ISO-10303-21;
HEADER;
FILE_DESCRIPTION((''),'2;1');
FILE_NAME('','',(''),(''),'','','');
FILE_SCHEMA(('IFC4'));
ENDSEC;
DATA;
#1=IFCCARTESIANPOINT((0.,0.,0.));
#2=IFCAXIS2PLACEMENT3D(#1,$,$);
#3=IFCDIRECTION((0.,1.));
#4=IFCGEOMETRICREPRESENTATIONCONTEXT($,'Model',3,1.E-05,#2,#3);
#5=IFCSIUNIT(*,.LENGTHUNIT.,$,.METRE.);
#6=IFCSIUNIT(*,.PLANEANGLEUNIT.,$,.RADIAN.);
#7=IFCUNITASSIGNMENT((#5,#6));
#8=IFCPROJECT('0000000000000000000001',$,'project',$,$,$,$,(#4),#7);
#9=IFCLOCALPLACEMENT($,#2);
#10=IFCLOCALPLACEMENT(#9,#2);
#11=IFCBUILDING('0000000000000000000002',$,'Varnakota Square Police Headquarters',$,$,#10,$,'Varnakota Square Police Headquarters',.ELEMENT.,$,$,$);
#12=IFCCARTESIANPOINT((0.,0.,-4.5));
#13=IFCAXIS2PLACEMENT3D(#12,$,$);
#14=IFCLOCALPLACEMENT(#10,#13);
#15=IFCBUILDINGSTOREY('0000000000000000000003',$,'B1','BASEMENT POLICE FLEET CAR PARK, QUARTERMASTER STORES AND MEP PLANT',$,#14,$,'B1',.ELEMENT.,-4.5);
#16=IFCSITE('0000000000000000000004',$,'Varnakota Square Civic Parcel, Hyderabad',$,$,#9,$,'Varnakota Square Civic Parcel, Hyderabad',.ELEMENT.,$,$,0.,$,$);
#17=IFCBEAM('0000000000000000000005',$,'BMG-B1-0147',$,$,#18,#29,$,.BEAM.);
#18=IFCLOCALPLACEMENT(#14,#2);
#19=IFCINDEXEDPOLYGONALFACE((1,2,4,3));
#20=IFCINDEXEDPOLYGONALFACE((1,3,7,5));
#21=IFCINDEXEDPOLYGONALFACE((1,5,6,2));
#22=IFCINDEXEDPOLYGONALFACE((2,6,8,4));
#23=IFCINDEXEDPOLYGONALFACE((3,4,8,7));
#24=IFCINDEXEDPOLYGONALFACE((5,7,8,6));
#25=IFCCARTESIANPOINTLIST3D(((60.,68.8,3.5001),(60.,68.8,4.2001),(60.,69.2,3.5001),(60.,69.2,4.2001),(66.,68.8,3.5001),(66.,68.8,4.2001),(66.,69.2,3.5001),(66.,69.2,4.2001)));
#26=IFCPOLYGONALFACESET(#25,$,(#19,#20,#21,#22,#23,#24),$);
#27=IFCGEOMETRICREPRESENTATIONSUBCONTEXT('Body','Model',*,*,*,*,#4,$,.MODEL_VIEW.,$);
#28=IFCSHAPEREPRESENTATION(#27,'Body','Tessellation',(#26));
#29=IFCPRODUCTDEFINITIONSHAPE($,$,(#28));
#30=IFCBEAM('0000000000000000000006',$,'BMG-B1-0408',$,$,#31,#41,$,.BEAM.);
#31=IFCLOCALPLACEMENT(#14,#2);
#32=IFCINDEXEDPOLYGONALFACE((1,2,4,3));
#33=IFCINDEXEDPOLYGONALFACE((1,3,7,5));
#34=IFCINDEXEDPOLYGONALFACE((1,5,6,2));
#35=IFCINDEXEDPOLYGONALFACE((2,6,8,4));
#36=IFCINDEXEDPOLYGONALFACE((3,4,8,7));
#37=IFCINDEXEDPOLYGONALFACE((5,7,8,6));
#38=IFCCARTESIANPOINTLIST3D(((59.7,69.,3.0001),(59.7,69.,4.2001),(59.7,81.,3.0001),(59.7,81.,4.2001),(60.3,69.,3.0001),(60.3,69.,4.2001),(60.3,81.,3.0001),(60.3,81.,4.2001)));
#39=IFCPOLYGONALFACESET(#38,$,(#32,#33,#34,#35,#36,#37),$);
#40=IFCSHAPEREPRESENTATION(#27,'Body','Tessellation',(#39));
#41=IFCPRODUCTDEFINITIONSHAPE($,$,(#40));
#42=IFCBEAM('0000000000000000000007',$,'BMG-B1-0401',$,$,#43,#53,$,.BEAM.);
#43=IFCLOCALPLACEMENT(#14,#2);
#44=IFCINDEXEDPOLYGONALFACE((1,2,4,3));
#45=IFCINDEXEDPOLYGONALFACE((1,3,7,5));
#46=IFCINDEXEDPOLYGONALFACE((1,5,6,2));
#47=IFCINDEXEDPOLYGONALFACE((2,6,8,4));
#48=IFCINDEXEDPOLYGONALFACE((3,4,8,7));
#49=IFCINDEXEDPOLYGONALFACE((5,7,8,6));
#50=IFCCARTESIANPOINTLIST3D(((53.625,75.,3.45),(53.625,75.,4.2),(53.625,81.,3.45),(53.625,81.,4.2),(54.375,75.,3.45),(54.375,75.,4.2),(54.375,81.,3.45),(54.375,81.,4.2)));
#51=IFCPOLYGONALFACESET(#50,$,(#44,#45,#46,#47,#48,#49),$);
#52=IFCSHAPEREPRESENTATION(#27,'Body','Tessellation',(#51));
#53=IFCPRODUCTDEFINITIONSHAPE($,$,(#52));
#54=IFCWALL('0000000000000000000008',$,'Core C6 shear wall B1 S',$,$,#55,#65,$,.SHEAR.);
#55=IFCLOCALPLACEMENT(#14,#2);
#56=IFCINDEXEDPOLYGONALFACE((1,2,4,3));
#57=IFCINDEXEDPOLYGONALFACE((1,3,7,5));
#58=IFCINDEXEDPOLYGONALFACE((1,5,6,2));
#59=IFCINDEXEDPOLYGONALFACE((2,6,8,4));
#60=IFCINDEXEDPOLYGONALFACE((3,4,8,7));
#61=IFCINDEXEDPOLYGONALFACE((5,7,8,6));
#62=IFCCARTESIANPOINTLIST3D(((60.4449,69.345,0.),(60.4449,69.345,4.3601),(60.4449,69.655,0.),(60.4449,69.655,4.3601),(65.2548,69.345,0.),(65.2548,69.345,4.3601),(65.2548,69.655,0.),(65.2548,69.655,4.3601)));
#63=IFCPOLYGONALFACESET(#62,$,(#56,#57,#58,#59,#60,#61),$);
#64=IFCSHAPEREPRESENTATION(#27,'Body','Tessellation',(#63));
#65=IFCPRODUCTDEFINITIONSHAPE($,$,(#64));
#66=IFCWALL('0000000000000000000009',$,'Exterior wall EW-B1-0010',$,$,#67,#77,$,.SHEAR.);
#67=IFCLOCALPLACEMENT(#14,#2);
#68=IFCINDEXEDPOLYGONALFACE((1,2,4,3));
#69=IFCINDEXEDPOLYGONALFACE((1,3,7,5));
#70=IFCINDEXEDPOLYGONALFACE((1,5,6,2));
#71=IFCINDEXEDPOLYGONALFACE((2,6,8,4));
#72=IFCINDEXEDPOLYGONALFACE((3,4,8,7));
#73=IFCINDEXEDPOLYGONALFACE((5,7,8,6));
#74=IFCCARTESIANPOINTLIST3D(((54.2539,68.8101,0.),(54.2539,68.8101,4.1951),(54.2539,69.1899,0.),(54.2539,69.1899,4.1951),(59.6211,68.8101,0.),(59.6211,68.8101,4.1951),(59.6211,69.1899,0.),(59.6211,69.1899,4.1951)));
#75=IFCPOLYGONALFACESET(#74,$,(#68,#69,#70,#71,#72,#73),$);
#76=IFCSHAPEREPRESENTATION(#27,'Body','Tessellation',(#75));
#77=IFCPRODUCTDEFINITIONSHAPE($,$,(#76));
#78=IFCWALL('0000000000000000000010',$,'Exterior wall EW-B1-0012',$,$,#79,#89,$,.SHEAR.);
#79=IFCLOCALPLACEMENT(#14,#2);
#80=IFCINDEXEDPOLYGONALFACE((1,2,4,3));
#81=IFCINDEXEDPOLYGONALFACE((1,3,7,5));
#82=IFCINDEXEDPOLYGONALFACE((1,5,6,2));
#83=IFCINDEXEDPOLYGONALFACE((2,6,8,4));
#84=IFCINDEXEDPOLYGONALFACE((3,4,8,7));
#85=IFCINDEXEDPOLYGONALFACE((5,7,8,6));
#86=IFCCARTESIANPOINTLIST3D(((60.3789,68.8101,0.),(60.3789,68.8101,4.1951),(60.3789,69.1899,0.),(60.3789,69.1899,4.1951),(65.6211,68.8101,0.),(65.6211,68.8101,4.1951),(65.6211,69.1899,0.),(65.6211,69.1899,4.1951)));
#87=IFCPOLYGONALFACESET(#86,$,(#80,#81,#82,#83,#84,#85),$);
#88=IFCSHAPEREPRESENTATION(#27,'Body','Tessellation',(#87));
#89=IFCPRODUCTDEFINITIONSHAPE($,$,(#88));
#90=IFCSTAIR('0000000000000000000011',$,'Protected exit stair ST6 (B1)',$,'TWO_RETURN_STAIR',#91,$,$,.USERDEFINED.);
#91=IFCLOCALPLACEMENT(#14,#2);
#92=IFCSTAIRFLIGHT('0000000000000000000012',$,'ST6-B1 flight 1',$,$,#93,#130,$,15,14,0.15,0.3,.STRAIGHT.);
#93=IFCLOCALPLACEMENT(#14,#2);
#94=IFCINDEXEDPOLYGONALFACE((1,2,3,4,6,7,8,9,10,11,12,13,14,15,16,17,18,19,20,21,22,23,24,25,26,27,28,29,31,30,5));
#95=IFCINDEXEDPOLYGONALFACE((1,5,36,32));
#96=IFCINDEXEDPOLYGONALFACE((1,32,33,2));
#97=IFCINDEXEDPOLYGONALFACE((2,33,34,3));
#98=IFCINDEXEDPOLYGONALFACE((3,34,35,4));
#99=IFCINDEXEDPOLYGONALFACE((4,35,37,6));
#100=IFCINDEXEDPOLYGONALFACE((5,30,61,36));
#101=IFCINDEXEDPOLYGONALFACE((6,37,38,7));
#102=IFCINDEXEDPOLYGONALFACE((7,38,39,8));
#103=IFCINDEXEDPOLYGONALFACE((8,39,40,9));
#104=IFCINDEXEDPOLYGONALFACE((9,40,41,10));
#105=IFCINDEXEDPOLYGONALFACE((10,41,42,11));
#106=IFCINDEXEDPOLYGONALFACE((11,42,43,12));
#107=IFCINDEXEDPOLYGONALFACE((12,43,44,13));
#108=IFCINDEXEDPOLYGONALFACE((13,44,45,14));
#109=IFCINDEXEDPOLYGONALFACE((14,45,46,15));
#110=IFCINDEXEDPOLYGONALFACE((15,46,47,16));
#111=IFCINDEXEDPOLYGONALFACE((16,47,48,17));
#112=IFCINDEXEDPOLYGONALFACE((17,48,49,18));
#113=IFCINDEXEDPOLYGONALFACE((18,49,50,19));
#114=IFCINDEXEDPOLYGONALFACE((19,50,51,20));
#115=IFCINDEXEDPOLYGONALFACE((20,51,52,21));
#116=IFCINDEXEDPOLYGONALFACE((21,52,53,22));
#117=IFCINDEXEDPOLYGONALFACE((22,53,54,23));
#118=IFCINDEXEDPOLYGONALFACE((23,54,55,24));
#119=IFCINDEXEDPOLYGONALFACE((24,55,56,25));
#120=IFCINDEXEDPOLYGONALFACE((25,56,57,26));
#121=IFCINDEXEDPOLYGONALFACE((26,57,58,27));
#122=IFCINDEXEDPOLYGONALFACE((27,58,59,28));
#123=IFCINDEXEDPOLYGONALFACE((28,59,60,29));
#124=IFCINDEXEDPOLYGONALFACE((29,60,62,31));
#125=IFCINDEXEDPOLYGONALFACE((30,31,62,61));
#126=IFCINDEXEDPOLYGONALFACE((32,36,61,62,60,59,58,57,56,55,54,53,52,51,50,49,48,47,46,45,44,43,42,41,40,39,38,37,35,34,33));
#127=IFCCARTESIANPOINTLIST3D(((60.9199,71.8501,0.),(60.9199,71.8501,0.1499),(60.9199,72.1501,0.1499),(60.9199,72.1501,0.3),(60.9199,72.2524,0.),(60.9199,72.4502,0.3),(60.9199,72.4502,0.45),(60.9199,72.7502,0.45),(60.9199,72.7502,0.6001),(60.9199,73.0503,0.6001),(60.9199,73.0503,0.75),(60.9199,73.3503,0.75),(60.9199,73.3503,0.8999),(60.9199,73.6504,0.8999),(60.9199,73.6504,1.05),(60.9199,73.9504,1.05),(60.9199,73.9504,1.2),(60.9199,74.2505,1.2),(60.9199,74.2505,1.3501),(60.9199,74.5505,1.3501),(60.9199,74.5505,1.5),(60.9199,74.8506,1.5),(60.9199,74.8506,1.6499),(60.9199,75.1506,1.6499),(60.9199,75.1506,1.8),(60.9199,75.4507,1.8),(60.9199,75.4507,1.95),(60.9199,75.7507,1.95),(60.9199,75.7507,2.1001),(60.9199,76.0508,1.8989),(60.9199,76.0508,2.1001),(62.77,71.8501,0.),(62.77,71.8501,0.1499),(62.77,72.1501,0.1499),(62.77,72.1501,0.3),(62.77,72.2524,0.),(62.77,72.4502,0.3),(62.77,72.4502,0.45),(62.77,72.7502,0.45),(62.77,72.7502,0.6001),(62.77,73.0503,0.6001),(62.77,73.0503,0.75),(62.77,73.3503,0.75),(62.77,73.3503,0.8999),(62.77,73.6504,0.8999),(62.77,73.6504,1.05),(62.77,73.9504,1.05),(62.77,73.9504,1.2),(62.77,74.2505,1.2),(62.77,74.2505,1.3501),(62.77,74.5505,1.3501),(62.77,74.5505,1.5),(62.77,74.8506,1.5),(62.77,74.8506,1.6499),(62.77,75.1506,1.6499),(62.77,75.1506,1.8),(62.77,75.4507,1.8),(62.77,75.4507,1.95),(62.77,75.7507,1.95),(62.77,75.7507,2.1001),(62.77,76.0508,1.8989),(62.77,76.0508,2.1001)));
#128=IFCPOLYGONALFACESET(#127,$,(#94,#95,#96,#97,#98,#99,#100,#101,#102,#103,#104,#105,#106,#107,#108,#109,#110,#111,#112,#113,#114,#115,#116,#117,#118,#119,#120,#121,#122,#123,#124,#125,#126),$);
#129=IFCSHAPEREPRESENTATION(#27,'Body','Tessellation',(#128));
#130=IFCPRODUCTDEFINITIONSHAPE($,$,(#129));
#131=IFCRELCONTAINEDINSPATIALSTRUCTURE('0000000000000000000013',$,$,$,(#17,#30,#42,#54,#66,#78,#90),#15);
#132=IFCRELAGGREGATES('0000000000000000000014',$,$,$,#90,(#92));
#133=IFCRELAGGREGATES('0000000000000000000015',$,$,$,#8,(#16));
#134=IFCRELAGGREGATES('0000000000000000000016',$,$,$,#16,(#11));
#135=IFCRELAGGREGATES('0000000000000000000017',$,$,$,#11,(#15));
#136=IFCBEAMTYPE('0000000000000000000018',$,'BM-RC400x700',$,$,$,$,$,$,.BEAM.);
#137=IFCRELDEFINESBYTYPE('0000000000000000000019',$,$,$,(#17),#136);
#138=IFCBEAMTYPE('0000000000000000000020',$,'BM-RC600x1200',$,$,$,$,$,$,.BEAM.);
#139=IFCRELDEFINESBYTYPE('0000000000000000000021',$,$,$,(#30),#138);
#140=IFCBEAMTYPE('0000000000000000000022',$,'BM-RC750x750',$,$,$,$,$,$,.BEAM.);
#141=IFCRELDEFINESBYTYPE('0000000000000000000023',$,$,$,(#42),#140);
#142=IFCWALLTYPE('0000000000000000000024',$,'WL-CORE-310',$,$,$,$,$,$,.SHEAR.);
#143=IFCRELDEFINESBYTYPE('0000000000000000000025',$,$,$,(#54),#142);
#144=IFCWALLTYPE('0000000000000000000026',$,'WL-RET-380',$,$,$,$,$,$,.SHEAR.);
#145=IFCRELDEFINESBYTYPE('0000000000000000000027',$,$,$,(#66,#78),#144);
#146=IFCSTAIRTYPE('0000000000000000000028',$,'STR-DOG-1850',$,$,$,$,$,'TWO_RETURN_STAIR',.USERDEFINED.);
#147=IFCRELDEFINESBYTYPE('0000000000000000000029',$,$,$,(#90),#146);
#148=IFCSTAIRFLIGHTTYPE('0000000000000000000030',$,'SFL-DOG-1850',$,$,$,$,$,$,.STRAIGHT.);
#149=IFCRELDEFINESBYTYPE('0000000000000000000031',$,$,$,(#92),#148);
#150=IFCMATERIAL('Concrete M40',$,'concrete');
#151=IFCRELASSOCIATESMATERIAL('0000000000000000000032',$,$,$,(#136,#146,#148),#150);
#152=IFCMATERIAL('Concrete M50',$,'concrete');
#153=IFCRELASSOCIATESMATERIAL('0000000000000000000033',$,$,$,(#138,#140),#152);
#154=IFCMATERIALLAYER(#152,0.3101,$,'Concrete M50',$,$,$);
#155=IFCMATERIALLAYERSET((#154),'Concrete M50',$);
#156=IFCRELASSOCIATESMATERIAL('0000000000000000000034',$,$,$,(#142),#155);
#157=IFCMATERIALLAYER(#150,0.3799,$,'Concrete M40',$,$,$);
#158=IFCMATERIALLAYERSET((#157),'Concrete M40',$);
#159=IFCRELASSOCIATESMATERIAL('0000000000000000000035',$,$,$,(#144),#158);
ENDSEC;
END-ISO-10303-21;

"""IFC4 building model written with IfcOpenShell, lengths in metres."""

from ifc_helpers import new_model, si_unit, direction, frame, frame_2d, origin, origin_2d, place, context, subcontext, project, spatial, polyline, rectangle, outline, extrude, material, layer, layer_set, material_profile, profile_set, type_object, element, aggregate, save


model = new_model("IFC4")

# Units and contexts
model_context = context("Model", 3, precision=1e-05, world=origin(), true_north=direction((0.0, 1.0)))
body_context = subcontext(model_context, "Body", "Model", "MODEL_VIEW")
ifc_project = project(units=[si_unit("LENGTHUNIT", "METRE"), si_unit("PLANEANGLEUNIT", "RADIAN")], contexts=[model_context])

# Site, building, storey
site_placement = place(None, origin())
site = spatial("IfcSite", under=ifc_project, at=site_placement, Name="Varnakota Square Civic Parcel, Hyderabad", LongName="Varnakota Square Civic Parcel, Hyderabad", CompositionType="ELEMENT", RefElevation=0.0)
building_placement = place(site_placement, origin())
building = spatial("IfcBuilding", under=site, at=building_placement, Name="Varnakota Square Police Headquarters", LongName="Varnakota Square Police Headquarters", CompositionType="ELEMENT")
storey_placement = place(building_placement, frame((0.0, 0.0, -4.5)))
storey = spatial("IfcBuildingStorey", under=building, at=storey_placement, Name="B1", Description="BASEMENT POLICE FLEET CAR PARK, QUARTERMASTER STORES AND MEP PLANT", LongName="B1", CompositionType="ELEMENT", Elevation=-4.5)

# Shared definitions
ifc_material_1 = material(Name="Concrete M40", Category="concrete")
ifc_material_2 = material(Name="Concrete M50", Category="concrete")

# Beams
ifc_material_profile_1 = material_profile(ifc_material_1, rectangle(XDim=0.3999, YDim=0.7, at=origin_2d()), Name="RC 400x700")
ifc_profile_set_1 = profile_set([ifc_material_profile_1], Name="Concrete M40")
beam_type_1 = type_object("IfcBeamType", Name="BM-RC400x700", PredefinedType="BEAM", material=ifc_profile_set_1)
beam_1_placement = place(storey_placement, frame((60.0, 69.0, 3.8501), z_axis=(1.0, 0.0, 0.0), x_axis=(0.0, 1.0, 0.0)))
element("IfcBeam", 1, at=beam_1_placement, inside=storey, type_object=beam_type_1, Name="BMG-B1-0147", PredefinedType="BEAM", context=body_context, shape_type="SweptSolid", body=[
    extrude(rectangle(XDim=0.3999, YDim=0.7, at=origin_2d()), origin(), (0.0, 0.0, 1.0), 6.0),
])
ifc_material_profile_2 = material_profile(ifc_material_2, rectangle(XDim=0.6001, YDim=1.2, at=origin_2d()), Name="RC 600x1200")
ifc_profile_set_2 = profile_set([ifc_material_profile_2], Name="Concrete M50")
beam_type_2 = type_object("IfcBeamType", Name="BM-RC600x1200", PredefinedType="BEAM", material=ifc_profile_set_2)
beam_2_placement = place(storey_placement, frame((60.0, 69.0, 3.6001), z_axis=(0.0, 1.0, 0.0), x_axis=(-1.0, 0.0, 0.0)))
element("IfcBeam", 2, at=beam_2_placement, inside=storey, type_object=beam_type_2, Name="BMG-B1-0408", PredefinedType="BEAM", context=body_context, shape_type="SweptSolid", body=[
    extrude(rectangle(XDim=0.6001, YDim=1.2, at=origin_2d()), origin(), (0.0, 0.0, 1.0), 12.0),
])
ifc_material_profile_3 = material_profile(ifc_material_2, rectangle(XDim=0.75, YDim=0.75, at=origin_2d()), Name="RC 750x750")
ifc_profile_set_3 = profile_set([ifc_material_profile_3], Name="Concrete M50")
beam_type_3 = type_object("IfcBeamType", Name="BM-RC750x750", PredefinedType="BEAM", material=ifc_profile_set_3)
beam_3_placement = place(storey_placement, frame((54.0, 75.0, 3.825), z_axis=(0.0, 1.0, 0.0), x_axis=(-1.0, 0.0, 0.0)))
element("IfcBeam", 3, at=beam_3_placement, inside=storey, type_object=beam_type_3, Name="BMG-B1-0401", PredefinedType="BEAM", context=body_context, shape_type="SweptSolid", body=[
    extrude(rectangle(XDim=0.75, YDim=0.75, at=origin_2d()), origin(), (0.0, 0.0, 1.0), 6.0),
])

# Walls
ifc_layer_1 = layer(ifc_material_2, 0.3101, Name="Concrete M50")
ifc_layer_set_1 = layer_set([ifc_layer_1], Name="Concrete M50")
wall_type_1 = type_object("IfcWallType", Name="WL-CORE-310", PredefinedType="SHEAR", material=ifc_layer_set_1)
wall_1_placement = place(storey_placement, frame((60.4451, 69.5, 0.0), z_axis=(0.0, 0.0, 1.0), x_axis=(1.0, 0.0, 0.0)))
element("IfcWall", 4, at=wall_1_placement, inside=storey, type_object=wall_type_1, Name="Core C6 shear wall B1 S", PredefinedType="SHEAR", context=body_context, shape_type="SweptSolid", body=[
    extrude(rectangle(XDim=4.8098, YDim=0.3101, at=frame_2d((2.4048, 0.0))), origin(), (0.0, 0.0, 1.0), 4.3601),
])
ifc_layer_2 = layer(ifc_material_1, 0.3799, Name="Concrete M40")
ifc_layer_set_2 = layer_set([ifc_layer_2], Name="Concrete M40")
wall_type_2 = type_object("IfcWallType", Name="WL-RET-380", PredefinedType="SHEAR", material=ifc_layer_set_2)
wall_2_placement = place(storey_placement, frame((54.2539, 69.0, 0.0), z_axis=(0.0, 0.0, 1.0), x_axis=(1.0, 0.0, 0.0)))
element("IfcWall", 5, at=wall_2_placement, inside=storey, type_object=wall_type_2, Name="Exterior wall EW-B1-0010", PredefinedType="SHEAR", context=body_context, shape_type="SweptSolid", body=[
    extrude(rectangle(XDim=5.3672, YDim=0.3799, at=frame_2d((2.6836, 0.0))), origin(), (0.0, 0.0, 1.0), 4.1951),
])
wall_3_placement = place(storey_placement, frame((60.3789, 69.0, 0.0), z_axis=(0.0, 0.0, 1.0), x_axis=(1.0, 0.0, 0.0)))
element("IfcWall", 6, at=wall_3_placement, inside=storey, type_object=wall_type_2, Name="Exterior wall EW-B1-0012", PredefinedType="SHEAR", context=body_context, shape_type="SweptSolid", body=[
    extrude(rectangle(XDim=5.2422, YDim=0.3799, at=frame_2d((2.6211, 0.0))), origin(), (0.0, 0.0, 1.0), 4.1951),
])

# Stair, stair flight
stair_type = type_object("IfcStairType", Name="STR-DOG-1850", ElementType="TWO_RETURN_STAIR", PredefinedType="USERDEFINED", material=ifc_material_1)
stair_placement = place(storey_placement, origin())
stair = element("IfcStair", 7, at=stair_placement, inside=storey, type_object=stair_type, Name="Protected exit stair ST6 (B1)", ObjectType="TWO_RETURN_STAIR", PredefinedType="USERDEFINED")
stair_flight_type = type_object("IfcStairFlightType", Name="SFL-DOG-1850", PredefinedType="STRAIGHT", material=ifc_material_1)
stair_flight_placement = place(storey_placement, frame((61.845, 71.8501, 0.0), z_axis=(0.0, 0.0, 1.0), x_axis=(0.0, 1.0, 0.0)))
stair_flight = element("IfcStairFlight", 8, at=stair_flight_placement, type_object=stair_flight_type, Name="ST6-B1 flight 1", NumberOfRisers=15, NumberOfTreads=14, PredefinedType="STRAIGHT", RiserHeight=0.15, TreadLength=0.3, context=body_context, shape_type="SweptSolid", body=[
    extrude(outline(polyline([(0.0, 0.0), (0.0, 0.1499), (0.3, 0.1499), (0.3, 0.3), (0.6001, 0.3), (0.6001, 0.45), (0.9001, 0.45), (0.9001, 0.6001), (1.2002, 0.6001), (1.2002, 0.75), (1.5002, 0.75), (1.5002, 0.8999), (1.8003, 0.8999), (1.8003, 1.05), (2.1003, 1.05), (2.1003, 1.2), (2.4004, 1.2), (2.4004, 1.3501), (2.7004, 1.3501), (2.7004, 1.5), (3.0005, 1.5), (3.0005, 1.6499), (3.3005, 1.6499), (3.3005, 1.8), (3.6006, 1.8), (3.6006, 1.95), (3.9006, 1.95), (3.9006, 2.1001), (4.2007, 2.1001), (4.2007, 2.25), (4.2007, 1.8989), (0.4023, 0.0), (0.0, 0.0)])), frame((0.0, 0.925, 0.0), z_axis=(0.0, -1.0, 0.0), x_axis=(1.0, 0.0, 0.0)), (0.0, 0.0, 1.0), 1.8501),
])
aggregate(stair, [stair_flight])

save(model, "model.ifc")
